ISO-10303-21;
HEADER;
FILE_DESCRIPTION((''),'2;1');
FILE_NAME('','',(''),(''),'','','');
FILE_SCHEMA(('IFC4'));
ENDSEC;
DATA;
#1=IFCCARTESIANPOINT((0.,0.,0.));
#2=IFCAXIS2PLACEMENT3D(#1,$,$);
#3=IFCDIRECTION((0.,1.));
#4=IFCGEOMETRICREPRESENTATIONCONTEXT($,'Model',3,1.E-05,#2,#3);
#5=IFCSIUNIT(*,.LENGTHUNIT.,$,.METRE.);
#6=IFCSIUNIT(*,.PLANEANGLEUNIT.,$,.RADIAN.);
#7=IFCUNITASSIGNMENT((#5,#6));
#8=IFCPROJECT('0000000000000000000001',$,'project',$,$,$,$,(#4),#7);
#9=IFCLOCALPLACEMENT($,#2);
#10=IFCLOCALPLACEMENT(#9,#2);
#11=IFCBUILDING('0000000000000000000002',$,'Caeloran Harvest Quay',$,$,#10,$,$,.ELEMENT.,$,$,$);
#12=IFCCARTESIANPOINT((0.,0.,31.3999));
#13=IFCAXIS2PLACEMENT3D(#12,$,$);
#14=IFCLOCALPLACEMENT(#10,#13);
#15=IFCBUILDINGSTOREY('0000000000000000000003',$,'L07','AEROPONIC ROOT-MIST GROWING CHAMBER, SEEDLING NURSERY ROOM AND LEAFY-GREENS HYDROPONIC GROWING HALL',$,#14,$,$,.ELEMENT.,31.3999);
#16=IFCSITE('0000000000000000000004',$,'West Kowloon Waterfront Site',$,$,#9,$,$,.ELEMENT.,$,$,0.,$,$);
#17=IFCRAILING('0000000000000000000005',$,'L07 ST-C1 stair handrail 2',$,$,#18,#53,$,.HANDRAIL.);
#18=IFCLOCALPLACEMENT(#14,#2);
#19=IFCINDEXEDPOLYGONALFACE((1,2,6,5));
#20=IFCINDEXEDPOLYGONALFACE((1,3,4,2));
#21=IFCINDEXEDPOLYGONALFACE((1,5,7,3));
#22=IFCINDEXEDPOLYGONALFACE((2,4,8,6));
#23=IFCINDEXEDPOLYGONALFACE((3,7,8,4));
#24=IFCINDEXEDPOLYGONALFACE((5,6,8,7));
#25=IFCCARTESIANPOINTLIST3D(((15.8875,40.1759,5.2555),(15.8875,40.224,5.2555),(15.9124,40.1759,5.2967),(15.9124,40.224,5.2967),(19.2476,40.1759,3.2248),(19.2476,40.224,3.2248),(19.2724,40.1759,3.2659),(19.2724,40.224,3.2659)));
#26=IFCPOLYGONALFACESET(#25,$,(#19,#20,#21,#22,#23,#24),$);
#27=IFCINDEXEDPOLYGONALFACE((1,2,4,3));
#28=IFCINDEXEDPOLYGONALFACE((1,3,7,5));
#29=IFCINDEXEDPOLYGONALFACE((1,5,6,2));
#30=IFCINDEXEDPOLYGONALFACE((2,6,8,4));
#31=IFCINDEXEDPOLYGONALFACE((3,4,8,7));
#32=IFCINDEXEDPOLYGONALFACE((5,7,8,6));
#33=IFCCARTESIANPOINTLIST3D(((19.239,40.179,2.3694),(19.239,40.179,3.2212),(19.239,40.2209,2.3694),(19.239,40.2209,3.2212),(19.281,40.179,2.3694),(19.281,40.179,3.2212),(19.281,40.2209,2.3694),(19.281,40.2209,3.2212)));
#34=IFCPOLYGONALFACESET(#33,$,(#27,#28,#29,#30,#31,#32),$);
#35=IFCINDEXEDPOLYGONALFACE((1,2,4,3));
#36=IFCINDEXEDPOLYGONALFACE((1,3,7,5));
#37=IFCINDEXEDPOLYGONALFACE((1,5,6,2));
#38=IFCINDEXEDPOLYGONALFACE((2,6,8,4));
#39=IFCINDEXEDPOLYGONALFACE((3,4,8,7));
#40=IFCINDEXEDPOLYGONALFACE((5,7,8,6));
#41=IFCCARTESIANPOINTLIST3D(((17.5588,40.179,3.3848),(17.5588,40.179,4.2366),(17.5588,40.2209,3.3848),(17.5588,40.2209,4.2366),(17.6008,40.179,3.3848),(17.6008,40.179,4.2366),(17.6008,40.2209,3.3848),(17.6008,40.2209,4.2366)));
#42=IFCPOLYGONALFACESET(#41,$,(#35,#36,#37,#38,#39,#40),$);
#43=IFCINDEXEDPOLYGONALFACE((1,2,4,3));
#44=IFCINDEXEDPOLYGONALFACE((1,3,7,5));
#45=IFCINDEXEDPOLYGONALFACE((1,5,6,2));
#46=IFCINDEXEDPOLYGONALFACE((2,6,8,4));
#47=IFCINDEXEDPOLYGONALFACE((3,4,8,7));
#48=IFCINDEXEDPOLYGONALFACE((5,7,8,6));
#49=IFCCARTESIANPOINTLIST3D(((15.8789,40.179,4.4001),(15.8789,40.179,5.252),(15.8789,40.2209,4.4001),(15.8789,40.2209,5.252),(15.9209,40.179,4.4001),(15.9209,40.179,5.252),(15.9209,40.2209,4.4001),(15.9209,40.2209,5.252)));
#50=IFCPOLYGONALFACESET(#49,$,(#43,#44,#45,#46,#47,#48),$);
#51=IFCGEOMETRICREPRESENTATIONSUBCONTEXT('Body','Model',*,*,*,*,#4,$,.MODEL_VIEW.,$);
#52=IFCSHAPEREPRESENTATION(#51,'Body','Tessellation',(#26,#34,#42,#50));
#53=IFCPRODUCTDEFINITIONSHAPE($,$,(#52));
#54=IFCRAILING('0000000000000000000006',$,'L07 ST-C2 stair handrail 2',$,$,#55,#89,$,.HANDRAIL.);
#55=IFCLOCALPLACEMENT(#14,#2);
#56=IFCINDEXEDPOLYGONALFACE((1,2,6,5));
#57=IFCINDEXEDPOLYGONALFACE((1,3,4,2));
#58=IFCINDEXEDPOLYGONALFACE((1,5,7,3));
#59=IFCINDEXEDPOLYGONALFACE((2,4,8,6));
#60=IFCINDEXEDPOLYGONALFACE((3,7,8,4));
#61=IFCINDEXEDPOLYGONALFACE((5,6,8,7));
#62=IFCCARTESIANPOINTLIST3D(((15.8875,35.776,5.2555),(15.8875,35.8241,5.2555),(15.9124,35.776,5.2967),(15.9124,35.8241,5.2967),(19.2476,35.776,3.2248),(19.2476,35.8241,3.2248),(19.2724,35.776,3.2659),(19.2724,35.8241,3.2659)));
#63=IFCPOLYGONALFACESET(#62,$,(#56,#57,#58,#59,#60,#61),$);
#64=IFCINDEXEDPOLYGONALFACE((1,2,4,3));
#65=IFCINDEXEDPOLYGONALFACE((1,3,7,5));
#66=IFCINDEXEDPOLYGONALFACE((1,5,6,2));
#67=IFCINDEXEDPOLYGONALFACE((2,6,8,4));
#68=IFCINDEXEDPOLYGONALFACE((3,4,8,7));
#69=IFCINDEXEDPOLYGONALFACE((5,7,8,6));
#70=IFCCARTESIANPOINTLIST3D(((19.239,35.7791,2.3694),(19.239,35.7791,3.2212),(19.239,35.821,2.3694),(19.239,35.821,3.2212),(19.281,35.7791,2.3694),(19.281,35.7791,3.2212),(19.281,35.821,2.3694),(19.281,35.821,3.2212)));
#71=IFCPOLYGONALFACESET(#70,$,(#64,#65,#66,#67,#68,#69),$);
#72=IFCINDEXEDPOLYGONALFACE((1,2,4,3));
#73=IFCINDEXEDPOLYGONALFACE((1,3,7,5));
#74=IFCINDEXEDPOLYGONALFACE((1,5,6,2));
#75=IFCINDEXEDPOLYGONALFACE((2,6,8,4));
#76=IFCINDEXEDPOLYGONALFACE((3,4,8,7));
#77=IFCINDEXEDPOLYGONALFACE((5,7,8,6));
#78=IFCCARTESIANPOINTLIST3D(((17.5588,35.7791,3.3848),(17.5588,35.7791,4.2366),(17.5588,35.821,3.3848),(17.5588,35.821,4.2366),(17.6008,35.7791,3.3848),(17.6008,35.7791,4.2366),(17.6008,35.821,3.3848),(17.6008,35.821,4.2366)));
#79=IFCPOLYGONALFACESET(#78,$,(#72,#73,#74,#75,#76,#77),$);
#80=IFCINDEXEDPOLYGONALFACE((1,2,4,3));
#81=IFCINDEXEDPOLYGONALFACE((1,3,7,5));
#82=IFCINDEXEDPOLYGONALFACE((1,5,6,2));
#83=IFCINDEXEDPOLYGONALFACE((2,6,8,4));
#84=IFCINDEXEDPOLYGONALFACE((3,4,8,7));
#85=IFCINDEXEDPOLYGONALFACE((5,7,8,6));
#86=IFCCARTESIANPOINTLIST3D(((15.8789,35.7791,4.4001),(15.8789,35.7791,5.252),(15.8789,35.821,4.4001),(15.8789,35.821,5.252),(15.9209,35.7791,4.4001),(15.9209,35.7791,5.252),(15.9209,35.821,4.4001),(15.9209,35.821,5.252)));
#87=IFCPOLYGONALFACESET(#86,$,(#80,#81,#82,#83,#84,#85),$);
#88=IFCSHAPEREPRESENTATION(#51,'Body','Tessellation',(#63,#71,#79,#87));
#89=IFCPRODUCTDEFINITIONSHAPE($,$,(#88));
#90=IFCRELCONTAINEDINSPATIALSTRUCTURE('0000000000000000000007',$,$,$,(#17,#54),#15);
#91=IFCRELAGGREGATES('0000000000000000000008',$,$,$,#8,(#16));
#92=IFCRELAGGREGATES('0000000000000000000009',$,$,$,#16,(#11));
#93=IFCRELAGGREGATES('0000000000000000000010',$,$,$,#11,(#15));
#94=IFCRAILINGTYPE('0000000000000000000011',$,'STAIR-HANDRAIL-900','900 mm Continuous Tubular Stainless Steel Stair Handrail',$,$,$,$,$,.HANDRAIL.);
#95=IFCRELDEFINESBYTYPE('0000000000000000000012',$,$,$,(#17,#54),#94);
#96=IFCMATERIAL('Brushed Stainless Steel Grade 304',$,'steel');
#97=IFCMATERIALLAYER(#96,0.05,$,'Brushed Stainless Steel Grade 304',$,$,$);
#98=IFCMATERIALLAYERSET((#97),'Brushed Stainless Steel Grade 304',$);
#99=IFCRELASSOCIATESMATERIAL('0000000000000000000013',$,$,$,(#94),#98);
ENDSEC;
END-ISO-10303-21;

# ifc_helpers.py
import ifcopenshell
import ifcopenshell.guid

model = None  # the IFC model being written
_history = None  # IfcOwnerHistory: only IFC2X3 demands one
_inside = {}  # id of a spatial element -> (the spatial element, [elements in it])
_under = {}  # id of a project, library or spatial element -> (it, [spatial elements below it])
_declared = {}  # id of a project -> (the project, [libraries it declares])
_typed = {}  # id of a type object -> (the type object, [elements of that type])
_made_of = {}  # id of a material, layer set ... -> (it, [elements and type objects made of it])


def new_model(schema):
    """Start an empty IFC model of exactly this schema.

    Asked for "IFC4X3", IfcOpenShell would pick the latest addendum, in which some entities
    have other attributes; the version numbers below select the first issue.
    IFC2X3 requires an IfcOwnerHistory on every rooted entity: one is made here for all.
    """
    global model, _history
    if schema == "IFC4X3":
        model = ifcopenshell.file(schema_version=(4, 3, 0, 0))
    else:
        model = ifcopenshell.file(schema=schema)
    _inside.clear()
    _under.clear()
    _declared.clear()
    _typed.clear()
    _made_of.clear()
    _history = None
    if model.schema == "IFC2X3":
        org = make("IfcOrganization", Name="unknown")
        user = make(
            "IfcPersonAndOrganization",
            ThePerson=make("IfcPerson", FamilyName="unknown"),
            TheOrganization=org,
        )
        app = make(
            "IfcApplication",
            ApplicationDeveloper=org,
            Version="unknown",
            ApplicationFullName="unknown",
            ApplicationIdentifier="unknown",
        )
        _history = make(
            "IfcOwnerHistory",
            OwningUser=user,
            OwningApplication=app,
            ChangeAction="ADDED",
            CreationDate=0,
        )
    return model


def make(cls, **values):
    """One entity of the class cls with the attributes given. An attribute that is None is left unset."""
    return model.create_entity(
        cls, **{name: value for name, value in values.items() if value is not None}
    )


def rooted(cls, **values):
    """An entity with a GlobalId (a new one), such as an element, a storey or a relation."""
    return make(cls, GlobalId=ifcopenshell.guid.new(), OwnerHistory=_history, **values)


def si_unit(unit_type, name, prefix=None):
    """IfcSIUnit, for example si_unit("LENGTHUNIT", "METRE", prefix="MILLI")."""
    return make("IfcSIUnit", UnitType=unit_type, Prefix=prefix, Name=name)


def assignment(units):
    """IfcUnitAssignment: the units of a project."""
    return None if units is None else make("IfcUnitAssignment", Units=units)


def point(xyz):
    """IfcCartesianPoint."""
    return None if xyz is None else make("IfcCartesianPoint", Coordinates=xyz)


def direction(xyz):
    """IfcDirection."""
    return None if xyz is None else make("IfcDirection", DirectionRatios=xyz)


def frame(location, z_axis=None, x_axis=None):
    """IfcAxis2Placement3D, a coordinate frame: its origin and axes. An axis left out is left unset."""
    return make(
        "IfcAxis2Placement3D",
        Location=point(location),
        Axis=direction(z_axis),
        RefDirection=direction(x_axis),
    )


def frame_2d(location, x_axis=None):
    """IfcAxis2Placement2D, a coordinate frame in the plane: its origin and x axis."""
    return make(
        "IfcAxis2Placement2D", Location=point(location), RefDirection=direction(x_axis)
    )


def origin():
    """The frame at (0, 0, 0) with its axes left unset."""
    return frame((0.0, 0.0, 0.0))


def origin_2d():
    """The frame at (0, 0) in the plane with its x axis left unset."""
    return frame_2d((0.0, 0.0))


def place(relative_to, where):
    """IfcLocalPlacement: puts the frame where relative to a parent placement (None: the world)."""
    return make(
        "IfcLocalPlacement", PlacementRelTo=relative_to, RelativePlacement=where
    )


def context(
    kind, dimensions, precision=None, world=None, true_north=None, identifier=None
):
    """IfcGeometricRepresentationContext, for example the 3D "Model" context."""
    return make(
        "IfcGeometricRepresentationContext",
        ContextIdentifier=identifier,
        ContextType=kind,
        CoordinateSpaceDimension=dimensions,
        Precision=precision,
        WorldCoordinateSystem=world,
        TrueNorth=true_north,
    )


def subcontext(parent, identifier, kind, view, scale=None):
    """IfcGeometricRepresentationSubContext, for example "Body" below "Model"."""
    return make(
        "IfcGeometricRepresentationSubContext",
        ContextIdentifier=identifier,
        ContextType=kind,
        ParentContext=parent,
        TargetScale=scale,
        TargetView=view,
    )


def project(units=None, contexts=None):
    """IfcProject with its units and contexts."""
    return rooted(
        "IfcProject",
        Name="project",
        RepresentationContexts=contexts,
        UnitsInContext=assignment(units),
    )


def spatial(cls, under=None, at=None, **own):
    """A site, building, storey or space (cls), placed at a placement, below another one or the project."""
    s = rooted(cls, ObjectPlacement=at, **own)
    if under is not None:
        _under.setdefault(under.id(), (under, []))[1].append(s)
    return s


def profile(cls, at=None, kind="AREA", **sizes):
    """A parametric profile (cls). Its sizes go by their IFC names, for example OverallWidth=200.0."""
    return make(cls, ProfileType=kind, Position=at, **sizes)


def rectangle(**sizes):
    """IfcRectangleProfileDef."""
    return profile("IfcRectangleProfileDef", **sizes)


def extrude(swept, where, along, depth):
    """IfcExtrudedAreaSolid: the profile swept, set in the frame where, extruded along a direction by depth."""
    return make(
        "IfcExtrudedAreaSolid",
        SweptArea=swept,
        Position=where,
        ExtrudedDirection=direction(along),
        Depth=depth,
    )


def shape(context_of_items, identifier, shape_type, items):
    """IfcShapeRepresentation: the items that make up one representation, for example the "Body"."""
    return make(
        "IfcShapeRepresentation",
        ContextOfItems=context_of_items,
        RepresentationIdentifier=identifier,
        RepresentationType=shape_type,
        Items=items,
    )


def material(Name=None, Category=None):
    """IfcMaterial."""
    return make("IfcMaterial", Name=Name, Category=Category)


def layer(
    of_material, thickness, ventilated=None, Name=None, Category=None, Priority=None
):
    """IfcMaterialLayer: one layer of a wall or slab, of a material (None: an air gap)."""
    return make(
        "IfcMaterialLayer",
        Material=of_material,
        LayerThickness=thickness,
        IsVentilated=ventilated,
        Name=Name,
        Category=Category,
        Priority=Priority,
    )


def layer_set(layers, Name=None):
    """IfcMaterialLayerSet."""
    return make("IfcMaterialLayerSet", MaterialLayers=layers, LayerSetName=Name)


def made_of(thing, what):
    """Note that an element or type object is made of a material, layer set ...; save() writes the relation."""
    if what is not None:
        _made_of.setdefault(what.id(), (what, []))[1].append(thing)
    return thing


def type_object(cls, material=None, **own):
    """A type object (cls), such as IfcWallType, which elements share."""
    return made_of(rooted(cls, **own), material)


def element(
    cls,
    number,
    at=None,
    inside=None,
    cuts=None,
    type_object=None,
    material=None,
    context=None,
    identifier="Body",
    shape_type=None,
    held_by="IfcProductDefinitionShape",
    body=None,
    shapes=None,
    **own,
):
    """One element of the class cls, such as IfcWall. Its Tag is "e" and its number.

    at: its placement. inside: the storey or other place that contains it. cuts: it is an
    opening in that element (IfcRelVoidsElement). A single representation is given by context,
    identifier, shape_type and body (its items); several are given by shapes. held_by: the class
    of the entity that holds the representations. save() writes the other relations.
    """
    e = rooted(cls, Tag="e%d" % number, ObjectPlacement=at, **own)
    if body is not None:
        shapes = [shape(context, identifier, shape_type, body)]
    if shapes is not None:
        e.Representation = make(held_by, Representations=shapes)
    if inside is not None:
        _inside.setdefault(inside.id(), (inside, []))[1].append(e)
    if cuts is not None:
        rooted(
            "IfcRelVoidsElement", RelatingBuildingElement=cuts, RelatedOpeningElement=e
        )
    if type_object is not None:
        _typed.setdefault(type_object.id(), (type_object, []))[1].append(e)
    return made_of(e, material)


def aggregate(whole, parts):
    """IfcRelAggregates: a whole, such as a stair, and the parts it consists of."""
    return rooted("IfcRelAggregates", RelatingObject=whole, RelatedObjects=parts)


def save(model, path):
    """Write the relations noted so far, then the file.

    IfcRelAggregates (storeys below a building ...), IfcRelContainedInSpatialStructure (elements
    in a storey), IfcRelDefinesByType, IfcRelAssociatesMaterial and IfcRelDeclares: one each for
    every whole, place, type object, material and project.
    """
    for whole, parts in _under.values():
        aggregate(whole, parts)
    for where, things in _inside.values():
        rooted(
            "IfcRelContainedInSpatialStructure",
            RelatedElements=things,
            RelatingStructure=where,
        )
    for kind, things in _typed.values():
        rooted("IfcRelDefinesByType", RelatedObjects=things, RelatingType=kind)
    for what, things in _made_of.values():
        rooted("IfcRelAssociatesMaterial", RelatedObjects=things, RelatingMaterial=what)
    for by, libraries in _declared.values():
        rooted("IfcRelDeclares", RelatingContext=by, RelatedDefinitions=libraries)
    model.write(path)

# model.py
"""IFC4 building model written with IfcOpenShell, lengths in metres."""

from ifc_helpers import new_model, si_unit, direction, frame, origin, origin_2d, place, context, subcontext, project, spatial, rectangle, extrude, material, layer, layer_set, type_object, element, save


model = new_model("IFC4")

# Units and contexts
model_context = context("Model", 3, precision=1e-05, world=origin(), true_north=direction((0.0, 1.0)))
body_context = subcontext(model_context, "Body", "Model", "MODEL_VIEW")
ifc_project = project(units=[si_unit("LENGTHUNIT", "METRE"), si_unit("PLANEANGLEUNIT", "RADIAN")], contexts=[model_context])

# Site, building, storey
site_placement = place(None, origin())
site = spatial("IfcSite", under=ifc_project, at=site_placement, Name="West Kowloon Waterfront Site", CompositionType="ELEMENT", RefElevation=0.0)
building_placement = place(site_placement, origin())
building = spatial("IfcBuilding", under=site, at=building_placement, Name="Caeloran Harvest Quay", CompositionType="ELEMENT")
storey_placement = place(building_placement, frame((0.0, 0.0, 31.3999)))
storey = spatial("IfcBuildingStorey", under=building, at=storey_placement, Name="L07", Description="AEROPONIC ROOT-MIST GROWING CHAMBER, SEEDLING NURSERY ROOM AND LEAFY-GREENS HYDROPONIC GROWING HALL", CompositionType="ELEMENT", Elevation=31.3999)

# Railings
ifc_material_1 = material(Name="Brushed Stainless Steel Grade 304", Category="steel")
ifc_layer_1 = layer(ifc_material_1, 0.05, Name="Brushed Stainless Steel Grade 304")
ifc_layer_set_1 = layer_set([ifc_layer_1], Name="Brushed Stainless Steel Grade 304")
railing_type_1 = type_object("IfcRailingType", Name="STAIR-HANDRAIL-900", Description="900 mm Continuous Tubular Stainless Steel Stair Handrail", PredefinedType="HANDRAIL", material=ifc_layer_set_1)
for number, where, name in (
    (1, (19.26, 40.2, 2.3694), "L07 ST-C1 stair handrail 2"),
    (2, (19.26, 35.8, 2.3694), "L07 ST-C2 stair handrail 2"),
):
    element("IfcRailing", number, at=place(storey_placement, frame(where)), inside=storey, type_object=railing_type_1, Name=name, PredefinedType="HANDRAIL", context=body_context, shape_type="SweptSolid", body=[
        extrude(rectangle(XDim=0.0481, YDim=0.0481, at=origin_2d()), frame((0.0, 0.0, 0.876), z_axis=(-0.855837, 0.0, 0.517246), x_axis=(0.0, -1.0, 0.0)), (0.0, 0.0, 1.0), 3.926),
        extrude(rectangle(XDim=0.042, YDim=0.042, at=origin_2d()), origin(), (0.0, 0.0, 1.0), 0.8518),
        extrude(rectangle(XDim=0.042, YDim=0.042, at=origin_2d()), frame((-1.6802, 0.0, 1.0154)), (0.0, 0.0, 1.0), 0.8518),
        extrude(rectangle(XDim=0.042, YDim=0.042, at=origin_2d()), frame((-3.3601, 0.0, 2.0308)), (0.0, 0.0, 1.0), 0.8518),
    ])

save(model, "model.ifc")
